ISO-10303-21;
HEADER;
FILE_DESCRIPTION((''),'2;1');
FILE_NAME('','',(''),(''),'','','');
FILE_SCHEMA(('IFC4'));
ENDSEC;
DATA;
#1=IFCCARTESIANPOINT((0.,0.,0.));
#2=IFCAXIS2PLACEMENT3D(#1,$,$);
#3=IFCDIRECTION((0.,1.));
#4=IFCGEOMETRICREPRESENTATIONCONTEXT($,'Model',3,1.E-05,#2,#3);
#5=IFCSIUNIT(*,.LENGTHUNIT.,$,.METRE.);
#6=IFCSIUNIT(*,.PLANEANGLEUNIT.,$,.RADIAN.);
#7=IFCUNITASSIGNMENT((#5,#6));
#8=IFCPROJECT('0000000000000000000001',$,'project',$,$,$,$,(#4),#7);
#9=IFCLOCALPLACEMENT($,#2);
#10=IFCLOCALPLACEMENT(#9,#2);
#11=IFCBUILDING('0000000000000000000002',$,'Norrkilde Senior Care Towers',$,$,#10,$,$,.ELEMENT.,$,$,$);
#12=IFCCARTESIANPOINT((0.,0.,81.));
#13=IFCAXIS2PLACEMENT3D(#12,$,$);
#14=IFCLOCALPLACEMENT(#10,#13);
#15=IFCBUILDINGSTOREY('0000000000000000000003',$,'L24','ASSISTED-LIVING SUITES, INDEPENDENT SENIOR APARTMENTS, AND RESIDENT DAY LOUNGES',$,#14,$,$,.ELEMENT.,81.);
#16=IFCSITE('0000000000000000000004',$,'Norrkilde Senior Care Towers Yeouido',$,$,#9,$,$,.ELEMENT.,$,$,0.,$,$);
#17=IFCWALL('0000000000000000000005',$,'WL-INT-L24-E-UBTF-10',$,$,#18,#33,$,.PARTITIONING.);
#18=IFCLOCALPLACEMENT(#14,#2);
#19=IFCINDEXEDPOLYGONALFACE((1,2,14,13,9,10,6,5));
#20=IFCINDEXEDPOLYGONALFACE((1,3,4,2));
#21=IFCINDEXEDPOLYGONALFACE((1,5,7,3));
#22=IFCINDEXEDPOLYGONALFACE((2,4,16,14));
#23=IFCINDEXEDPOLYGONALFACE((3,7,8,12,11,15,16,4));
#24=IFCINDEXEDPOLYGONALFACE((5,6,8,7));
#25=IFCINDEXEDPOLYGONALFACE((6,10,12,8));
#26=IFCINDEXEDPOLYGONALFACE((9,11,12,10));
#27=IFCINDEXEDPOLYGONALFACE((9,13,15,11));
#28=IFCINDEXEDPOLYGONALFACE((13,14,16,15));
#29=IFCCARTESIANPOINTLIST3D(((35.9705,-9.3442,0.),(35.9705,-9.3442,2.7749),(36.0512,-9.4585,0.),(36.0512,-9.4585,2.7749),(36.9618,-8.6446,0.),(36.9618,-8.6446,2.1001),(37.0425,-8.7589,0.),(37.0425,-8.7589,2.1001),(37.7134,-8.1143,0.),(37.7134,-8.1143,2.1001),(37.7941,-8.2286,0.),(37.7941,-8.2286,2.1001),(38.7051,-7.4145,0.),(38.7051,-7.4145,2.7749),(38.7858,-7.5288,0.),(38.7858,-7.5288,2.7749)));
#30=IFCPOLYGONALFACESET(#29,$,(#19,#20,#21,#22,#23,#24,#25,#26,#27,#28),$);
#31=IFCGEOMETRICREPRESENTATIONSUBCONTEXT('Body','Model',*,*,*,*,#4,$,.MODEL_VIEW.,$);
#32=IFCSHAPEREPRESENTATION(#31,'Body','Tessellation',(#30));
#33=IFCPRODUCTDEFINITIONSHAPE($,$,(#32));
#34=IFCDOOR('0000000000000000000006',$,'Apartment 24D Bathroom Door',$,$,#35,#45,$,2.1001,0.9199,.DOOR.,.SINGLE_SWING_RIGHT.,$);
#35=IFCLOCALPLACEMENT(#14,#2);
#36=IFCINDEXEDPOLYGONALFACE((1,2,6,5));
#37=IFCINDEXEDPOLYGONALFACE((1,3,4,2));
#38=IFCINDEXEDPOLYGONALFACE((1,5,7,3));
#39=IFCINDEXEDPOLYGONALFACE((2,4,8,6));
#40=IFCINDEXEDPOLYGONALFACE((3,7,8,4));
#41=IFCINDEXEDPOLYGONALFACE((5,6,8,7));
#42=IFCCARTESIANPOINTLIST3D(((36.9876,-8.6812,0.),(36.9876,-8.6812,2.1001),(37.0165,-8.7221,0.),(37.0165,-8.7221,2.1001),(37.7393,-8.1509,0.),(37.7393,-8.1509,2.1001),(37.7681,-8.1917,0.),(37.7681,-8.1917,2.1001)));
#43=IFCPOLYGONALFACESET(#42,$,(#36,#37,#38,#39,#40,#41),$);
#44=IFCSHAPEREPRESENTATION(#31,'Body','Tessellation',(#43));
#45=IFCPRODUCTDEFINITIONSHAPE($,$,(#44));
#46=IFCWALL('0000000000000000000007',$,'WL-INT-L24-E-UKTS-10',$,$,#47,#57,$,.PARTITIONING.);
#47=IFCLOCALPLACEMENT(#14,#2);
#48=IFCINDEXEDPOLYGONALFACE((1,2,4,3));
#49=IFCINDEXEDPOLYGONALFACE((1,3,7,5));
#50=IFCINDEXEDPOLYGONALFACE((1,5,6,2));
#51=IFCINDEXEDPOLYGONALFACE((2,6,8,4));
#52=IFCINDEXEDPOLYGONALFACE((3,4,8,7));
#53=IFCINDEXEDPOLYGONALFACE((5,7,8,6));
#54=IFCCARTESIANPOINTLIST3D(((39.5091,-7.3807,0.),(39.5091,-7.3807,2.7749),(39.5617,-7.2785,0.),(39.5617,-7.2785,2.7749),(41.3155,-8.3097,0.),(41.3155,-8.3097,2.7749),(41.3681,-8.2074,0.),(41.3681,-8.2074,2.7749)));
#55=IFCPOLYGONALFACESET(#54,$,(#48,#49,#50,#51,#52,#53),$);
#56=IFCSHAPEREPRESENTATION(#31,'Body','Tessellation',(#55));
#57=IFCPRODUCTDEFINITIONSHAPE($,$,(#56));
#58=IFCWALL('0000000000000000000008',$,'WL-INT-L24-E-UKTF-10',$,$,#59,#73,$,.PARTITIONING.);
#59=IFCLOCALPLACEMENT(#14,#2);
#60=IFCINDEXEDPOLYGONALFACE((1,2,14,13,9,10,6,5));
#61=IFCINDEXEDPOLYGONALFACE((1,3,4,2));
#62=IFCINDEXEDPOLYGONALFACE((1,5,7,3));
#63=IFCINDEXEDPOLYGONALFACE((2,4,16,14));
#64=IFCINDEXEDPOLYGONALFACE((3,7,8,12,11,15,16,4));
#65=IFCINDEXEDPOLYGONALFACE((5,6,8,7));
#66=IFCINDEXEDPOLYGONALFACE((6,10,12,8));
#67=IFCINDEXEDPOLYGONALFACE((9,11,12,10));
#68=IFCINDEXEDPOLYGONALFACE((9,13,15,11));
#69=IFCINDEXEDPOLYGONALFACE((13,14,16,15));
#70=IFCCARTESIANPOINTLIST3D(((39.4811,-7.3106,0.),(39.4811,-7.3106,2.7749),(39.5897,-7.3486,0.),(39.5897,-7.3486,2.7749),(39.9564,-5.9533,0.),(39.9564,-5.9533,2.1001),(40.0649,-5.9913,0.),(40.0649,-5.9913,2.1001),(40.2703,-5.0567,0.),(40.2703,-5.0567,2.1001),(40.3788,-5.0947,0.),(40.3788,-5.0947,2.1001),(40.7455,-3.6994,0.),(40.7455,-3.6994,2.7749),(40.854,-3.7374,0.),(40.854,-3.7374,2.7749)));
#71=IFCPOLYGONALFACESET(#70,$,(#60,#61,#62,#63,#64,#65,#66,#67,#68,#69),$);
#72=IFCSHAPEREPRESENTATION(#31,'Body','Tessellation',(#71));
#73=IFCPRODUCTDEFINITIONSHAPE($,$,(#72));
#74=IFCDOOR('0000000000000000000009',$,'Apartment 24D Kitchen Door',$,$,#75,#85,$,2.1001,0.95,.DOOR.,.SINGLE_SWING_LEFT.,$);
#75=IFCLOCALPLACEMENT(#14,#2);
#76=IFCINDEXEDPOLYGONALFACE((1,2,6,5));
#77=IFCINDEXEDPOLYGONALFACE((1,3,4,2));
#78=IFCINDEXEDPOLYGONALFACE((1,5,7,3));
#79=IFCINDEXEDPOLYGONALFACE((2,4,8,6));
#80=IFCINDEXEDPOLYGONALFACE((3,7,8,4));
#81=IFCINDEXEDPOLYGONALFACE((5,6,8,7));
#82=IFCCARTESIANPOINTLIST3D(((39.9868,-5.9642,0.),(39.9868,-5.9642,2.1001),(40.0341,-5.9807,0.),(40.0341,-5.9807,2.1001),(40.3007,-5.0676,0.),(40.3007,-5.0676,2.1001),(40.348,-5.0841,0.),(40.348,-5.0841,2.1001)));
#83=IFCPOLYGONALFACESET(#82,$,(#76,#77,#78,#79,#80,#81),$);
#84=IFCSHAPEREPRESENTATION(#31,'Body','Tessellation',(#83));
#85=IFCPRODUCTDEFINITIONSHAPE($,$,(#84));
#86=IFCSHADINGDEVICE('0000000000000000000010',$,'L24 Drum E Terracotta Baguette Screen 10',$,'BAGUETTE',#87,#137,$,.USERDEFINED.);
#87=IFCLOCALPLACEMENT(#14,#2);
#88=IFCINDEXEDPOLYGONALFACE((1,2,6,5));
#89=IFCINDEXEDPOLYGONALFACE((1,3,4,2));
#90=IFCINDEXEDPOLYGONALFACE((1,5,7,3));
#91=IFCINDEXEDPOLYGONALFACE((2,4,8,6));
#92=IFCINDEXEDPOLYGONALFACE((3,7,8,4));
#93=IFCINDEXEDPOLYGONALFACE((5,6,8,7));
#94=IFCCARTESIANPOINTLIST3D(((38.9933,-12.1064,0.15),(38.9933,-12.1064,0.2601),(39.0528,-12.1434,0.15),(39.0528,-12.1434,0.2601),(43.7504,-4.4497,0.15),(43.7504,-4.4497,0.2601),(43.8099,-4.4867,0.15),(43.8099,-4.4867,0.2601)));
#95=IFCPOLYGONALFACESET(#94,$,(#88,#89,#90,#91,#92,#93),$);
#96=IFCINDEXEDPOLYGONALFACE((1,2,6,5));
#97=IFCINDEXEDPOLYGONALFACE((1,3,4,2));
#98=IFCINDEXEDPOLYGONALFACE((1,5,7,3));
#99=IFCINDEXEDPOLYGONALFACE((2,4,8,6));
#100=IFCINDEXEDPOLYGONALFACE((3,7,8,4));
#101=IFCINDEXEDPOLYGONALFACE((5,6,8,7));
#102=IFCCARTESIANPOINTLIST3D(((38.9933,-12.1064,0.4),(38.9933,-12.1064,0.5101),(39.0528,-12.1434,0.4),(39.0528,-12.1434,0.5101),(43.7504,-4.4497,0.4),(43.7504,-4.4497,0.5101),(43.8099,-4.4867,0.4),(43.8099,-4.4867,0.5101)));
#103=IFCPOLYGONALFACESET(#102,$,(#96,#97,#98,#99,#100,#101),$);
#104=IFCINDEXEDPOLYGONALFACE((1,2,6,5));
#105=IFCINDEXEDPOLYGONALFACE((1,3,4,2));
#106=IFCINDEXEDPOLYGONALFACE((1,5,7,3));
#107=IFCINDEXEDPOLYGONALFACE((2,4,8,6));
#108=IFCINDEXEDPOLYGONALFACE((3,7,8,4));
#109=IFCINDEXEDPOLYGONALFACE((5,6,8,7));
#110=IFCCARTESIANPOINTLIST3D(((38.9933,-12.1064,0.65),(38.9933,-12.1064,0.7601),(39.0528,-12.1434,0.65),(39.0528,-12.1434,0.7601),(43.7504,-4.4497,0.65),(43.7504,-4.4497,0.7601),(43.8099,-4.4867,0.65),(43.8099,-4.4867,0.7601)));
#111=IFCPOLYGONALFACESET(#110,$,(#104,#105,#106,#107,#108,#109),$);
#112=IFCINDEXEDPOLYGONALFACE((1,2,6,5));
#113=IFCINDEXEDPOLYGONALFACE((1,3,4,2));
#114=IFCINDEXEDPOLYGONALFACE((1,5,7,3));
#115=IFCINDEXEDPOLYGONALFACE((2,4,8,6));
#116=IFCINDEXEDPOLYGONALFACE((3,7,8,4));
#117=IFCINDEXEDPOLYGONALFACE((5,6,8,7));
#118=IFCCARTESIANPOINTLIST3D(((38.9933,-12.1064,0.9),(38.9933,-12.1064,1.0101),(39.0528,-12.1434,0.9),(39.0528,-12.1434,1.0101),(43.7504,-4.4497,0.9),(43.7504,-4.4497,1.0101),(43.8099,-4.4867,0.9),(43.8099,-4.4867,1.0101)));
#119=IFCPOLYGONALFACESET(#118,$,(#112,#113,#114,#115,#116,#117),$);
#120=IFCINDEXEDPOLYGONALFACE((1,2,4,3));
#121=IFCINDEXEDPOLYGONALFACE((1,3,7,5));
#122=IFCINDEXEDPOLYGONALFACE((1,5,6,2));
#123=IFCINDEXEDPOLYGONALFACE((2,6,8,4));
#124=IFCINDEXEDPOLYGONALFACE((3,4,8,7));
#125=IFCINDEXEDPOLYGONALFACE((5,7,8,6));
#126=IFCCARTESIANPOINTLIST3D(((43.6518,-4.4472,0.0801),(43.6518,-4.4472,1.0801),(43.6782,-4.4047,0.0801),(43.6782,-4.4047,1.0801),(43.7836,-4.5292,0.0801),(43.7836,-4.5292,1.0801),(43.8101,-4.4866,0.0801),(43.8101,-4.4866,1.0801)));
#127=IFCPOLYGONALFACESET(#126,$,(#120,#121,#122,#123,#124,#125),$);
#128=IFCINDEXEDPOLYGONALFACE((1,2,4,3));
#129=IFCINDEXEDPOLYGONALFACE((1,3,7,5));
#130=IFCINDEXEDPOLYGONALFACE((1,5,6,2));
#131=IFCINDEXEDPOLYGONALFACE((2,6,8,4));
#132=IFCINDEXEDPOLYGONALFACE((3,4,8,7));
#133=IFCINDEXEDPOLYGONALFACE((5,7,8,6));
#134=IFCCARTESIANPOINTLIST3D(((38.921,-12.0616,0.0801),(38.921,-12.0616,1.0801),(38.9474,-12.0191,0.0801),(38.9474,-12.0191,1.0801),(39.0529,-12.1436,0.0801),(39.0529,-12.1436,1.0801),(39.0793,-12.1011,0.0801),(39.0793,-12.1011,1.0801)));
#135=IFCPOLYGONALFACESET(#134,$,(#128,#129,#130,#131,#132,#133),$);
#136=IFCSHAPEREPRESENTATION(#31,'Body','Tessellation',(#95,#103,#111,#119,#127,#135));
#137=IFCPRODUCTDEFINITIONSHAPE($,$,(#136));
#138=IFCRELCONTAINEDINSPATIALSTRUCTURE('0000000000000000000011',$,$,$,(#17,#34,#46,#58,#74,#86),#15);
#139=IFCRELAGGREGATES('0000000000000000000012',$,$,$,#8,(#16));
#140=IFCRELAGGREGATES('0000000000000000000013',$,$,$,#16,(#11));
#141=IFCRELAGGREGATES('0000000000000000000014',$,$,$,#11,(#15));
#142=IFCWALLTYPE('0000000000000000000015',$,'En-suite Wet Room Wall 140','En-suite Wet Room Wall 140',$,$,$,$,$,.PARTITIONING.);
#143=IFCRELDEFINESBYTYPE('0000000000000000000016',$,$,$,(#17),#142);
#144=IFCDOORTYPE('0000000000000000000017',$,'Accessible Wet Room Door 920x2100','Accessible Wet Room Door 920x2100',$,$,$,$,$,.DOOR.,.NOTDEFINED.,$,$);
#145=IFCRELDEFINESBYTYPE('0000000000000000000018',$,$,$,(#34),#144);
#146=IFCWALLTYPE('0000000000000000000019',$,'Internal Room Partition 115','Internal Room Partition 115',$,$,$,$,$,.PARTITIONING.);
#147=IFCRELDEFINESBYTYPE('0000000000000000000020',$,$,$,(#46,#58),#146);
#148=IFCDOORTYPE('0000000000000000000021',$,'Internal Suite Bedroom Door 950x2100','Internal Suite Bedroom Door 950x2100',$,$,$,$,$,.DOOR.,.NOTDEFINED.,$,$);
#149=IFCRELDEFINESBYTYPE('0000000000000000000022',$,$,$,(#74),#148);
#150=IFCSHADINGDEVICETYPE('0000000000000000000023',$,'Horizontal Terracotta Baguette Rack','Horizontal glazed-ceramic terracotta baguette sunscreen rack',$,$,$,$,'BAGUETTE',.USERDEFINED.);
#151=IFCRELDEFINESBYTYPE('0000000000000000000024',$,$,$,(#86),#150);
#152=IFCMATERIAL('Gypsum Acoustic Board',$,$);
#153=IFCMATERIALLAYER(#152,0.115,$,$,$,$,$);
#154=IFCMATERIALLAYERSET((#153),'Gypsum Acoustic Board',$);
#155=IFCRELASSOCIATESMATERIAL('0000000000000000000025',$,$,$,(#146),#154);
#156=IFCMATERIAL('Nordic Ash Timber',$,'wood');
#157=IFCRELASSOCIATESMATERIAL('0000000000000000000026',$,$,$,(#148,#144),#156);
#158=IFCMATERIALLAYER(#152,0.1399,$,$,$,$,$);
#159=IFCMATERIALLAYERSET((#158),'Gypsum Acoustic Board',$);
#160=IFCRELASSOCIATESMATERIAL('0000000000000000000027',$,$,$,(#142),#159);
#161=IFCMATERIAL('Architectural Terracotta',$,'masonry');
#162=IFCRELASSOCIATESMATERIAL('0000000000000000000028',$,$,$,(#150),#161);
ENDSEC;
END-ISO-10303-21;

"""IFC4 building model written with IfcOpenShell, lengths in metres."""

from ifc_helpers import new_model, si_unit, direction, frame, frame_2d, origin, origin_2d, place, context, subcontext, project, spatial, rectangle, extrude, source, transform, mapped, material, layer, layer_set, type_object, type_shapes, element, fill, save


model = new_model("IFC4")

# Units and contexts
model_context = context("Model", 3, precision=1e-05, world=origin(), true_north=direction((0.0, 1.0)))
body_context = subcontext(model_context, "Body", "Model", "MODEL_VIEW")
ifc_project = project(units=[si_unit("LENGTHUNIT", "METRE"), si_unit("PLANEANGLEUNIT", "RADIAN")], contexts=[model_context])

# Site, building, storey
site_placement = place(None, origin())
site = spatial("IfcSite", under=ifc_project, at=site_placement, Name="Norrkilde Senior Care Towers Yeouido", CompositionType="ELEMENT", RefElevation=0.0)
building_placement = place(site_placement, origin())
building = spatial("IfcBuilding", under=site, at=building_placement, Name="Norrkilde Senior Care Towers", CompositionType="ELEMENT")
storey_placement = place(building_placement, frame((0.0, 0.0, 81.0)))
storey = spatial("IfcBuildingStorey", under=building, at=storey_placement, Name="L24", Description="ASSISTED-LIVING SUITES, INDEPENDENT SENIOR APARTMENTS, AND RESIDENT DAY LOUNGES", CompositionType="ELEMENT", Elevation=81.0)

# Shared definitions
ifc_material_1 = material(Name="Gypsum Acoustic Board")

# Shared definitions
ifc_layer_1 = layer(ifc_material_1, 0.115)
ifc_layer_set_1 = layer_set([ifc_layer_1], Name="Gypsum Acoustic Board")
wall_type_1 = type_object("IfcWallType", Name="Internal Room Partition 115", Description="Internal Room Partition 115", PredefinedType="PARTITIONING", material=ifc_layer_set_1)
ifc_material_2 = material(Name="Nordic Ash Timber", Category="wood")
door_type_1 = type_object("IfcDoorType", Name="Internal Suite Bedroom Door 950x2100", Description="Internal Suite Bedroom Door 950x2100", OperationType="NOTDEFINED", PredefinedType="DOOR", material=ifc_material_2)
shared_shape_1 = source(origin(), body_context, "Body", "SweptSolid", [
    extrude(rectangle(XDim=0.95, YDim=2.1001, at=frame_2d((0.4751, 1.05))), frame((0.0, 0.0249, 0.0), z_axis=(0.0, -1.0, 0.0), x_axis=(1.0, 0.0, 0.0)), (0.0, 0.0, 1.0), 0.05),
])
type_shapes(door_type_1, [shared_shape_1])

# Shared definitions
ifc_layer_2 = layer(ifc_material_1, 0.1399)
ifc_layer_set_2 = layer_set([ifc_layer_2], Name="Gypsum Acoustic Board")
wall_type_2 = type_object("IfcWallType", Name="En-suite Wet Room Wall 140", Description="En-suite Wet Room Wall 140", PredefinedType="PARTITIONING", material=ifc_layer_set_2)

# Wall, opening, door
shared_shape_2 = source(origin(), body_context, "Body", "SweptSolid", [
    extrude(rectangle(XDim=3.3469, YDim=0.1399, at=frame_2d((1.6733, 0.0))), origin(), (0.0, 0.0, 1.0), 2.7749),
])
wall_1_placement = place(storey_placement, frame((38.7454, -7.4717, 0.0), z_axis=(0.0, 0.0, 1.0), x_axis=(-0.817057, -0.576557, 0.0)))
wall_1 = element("IfcWall", 1, at=wall_1_placement, inside=storey, type_object=wall_type_2, Name="WL-INT-L24-E-UBTF-10", PredefinedType="PARTITIONING", context=body_context, shape_type="MappedRepresentation", body=[
    mapped(shared_shape_2, transform((0.0, 0.0, 0.0), x_axis=(1.0, 0.0, 0.0), y_axis=(0.0, 1.0, 0.0), z_axis=(0.0, 0.0, 1.0), scale=1.0)),
])
opening_1_placement = place(wall_1_placement, frame((1.2136, 0.0, 0.0)))
opening_1 = element("IfcOpeningElement", 2, at=opening_1_placement, cuts=wall_1, PredefinedType="OPENING", context=body_context, shape_type="SweptSolid", body=[
    extrude(rectangle(XDim=0.9199, YDim=2.1001, at=frame_2d((0.46, 1.05))), frame((0.0, 0.0798, 0.0), z_axis=(0.0, -1.0, 0.0), x_axis=(1.0, 0.0, 0.0)), (0.0, 0.0, 1.0), 0.1599),
])
door_type_2 = type_object("IfcDoorType", Name="Accessible Wet Room Door 920x2100", Description="Accessible Wet Room Door 920x2100", OperationType="NOTDEFINED", PredefinedType="DOOR", material=ifc_material_2)
shared_shape_3 = source(origin(), body_context, "Body", "SweptSolid", [
    extrude(rectangle(XDim=0.9199, YDim=2.1001, at=frame_2d((0.46, 1.05))), frame((0.0, 0.0249, 0.0), z_axis=(0.0, -1.0, 0.0), x_axis=(1.0, 0.0, 0.0)), (0.0, 0.0, 1.0), 0.05),
])
type_shapes(door_type_2, [shared_shape_3])
door_1_placement = place(opening_1_placement, origin())
door_1 = element("IfcDoor", 3, at=door_1_placement, inside=storey, type_object=door_type_2, Name="Apartment 24D Bathroom Door", OperationType="SINGLE_SWING_RIGHT", OverallHeight=2.1001, OverallWidth=0.9199, PredefinedType="DOOR", context=body_context, shape_type="MappedRepresentation", body=[
    mapped(shared_shape_3, transform((0.0, 0.0, 0.0), x_axis=(1.0, 0.0, 0.0), y_axis=(0.0, 1.0, 0.0), z_axis=(0.0, 0.0, 1.0), scale=1.0)),
])
fill(opening_1, door_1)

# Wall
shared_shape_4 = source(origin(), body_context, "Body", "SweptSolid", [
    extrude(rectangle(XDim=2.0312, YDim=0.115, at=frame_2d((1.0156, 0.0))), origin(), (0.0, 0.0, 1.0), 2.7749),
])
wall_2_placement = place(storey_placement, frame((39.5354, -7.3296, 0.0), z_axis=(0.0, 0.0, 1.0), x_axis=(0.889298, -0.457329, 0.0)))
element("IfcWall", 4, at=wall_2_placement, inside=storey, type_object=wall_type_1, Name="WL-INT-L24-E-UKTS-10", PredefinedType="PARTITIONING", context=body_context, shape_type="MappedRepresentation", body=[
    mapped(shared_shape_4, transform((0.0, 0.0, 0.0), x_axis=(1.0, 0.0, 0.0), y_axis=(0.0, 1.0, 0.0), z_axis=(0.0, 0.0, 1.0), scale=1.0)),
])

# Wall, opening, door
shared_shape_5 = source(origin(), body_context, "Body", "SweptSolid", [
    extrude(rectangle(XDim=3.8262, YDim=0.115, at=frame_2d((1.9131, 0.0))), origin(), (0.0, 0.0, 1.0), 2.7749),
])
wall_3_placement = place(storey_placement, frame((39.5354, -7.3296, 0.0), z_axis=(0.0, 0.0, 1.0), x_axis=(0.330453, 0.943823, 0.0)))
wall_3 = element("IfcWall", 5, at=wall_3_placement, inside=storey, type_object=wall_type_1, Name="WL-INT-L24-E-UKTF-10", PredefinedType="PARTITIONING", context=body_context, shape_type="MappedRepresentation", body=[
    mapped(shared_shape_5, transform((0.0, 0.0, 0.0), x_axis=(1.0, 0.0, 0.0), y_axis=(0.0, 1.0, 0.0), z_axis=(0.0, 0.0, 1.0), scale=1.0)),
])
opening_2_placement = place(wall_3_placement, frame((1.438, 0.0, 0.0)))
opening_2 = element("IfcOpeningElement", 6, at=opening_2_placement, cuts=wall_3, PredefinedType="OPENING", context=body_context, shape_type="SweptSolid", body=[
    extrude(rectangle(XDim=0.95, YDim=2.1001, at=frame_2d((0.4751, 1.05))), frame((0.0, 0.0674, 0.0), z_axis=(0.0, -1.0, 0.0), x_axis=(1.0, 0.0, 0.0)), (0.0, 0.0, 1.0), 0.135),
])
door_2_placement = place(opening_2_placement, frame((0.95, 0.0, 0.0), z_axis=(0.0, 0.0, 1.0), x_axis=(-1.0, 0.0, 0.0)))
door_2 = element("IfcDoor", 7, at=door_2_placement, inside=storey, type_object=door_type_1, Name="Apartment 24D Kitchen Door", OperationType="SINGLE_SWING_LEFT", OverallHeight=2.1001, OverallWidth=0.95, PredefinedType="DOOR", context=body_context, shape_type="MappedRepresentation", body=[
    mapped(shared_shape_1, transform((0.0, 0.0, 0.0), x_axis=(1.0, 0.0, 0.0), y_axis=(0.0, 1.0, 0.0), z_axis=(0.0, 0.0, 1.0), scale=1.0)),
])
fill(opening_2, door_2)

# Shading device
ifc_material_3 = material(Name="Architectural Terracotta", Category="masonry")
shading_device_type = type_object("IfcShadingDeviceType", Name="Horizontal Terracotta Baguette Rack", Description="Horizontal glazed-ceramic terracotta baguette sunscreen rack", ElementType="BAGUETTE", PredefinedType="USERDEFINED", material=ifc_material_3)
shared_shape_6 = source(origin(), body_context, "Body", "SweptSolid", [
    extrude(rectangle(XDim=0.0701, YDim=0.1101, at=origin_2d()), frame((0.0, 0.0901, 0.125), z_axis=(1.0, 0.0, 0.0), x_axis=(0.0, 1.0, 0.0)), (0.0, 0.0, 1.0), 9.0142),
    extrude(rectangle(XDim=0.0701, YDim=0.1101, at=origin_2d()), frame((0.0, 0.0901, 0.375), z_axis=(1.0, 0.0, 0.0), x_axis=(0.0, 1.0, 0.0)), (0.0, 0.0, 1.0), 9.0142),
    extrude(rectangle(XDim=0.0701, YDim=0.1101, at=origin_2d()), frame((0.0, 0.0901, 0.625), z_axis=(1.0, 0.0, 0.0), x_axis=(0.0, 1.0, 0.0)), (0.0, 0.0, 1.0), 9.0142),
    extrude(rectangle(XDim=0.0701, YDim=0.1101, at=origin_2d()), frame((0.0, 0.0901, 0.875), z_axis=(1.0, 0.0, 0.0), x_axis=(0.0, 1.0, 0.0)), (0.0, 0.0, 1.0), 9.0142),
    extrude(rectangle(XDim=0.05, YDim=0.1553, at=origin_2d()), frame((0.0249, 0.0476, 0.0)), (0.0, 0.0, 1.0), 1.0),
    extrude(rectangle(XDim=0.05, YDim=0.1553, at=origin_2d()), frame((8.9893, 0.0476, 0.0)), (0.0, 0.0, 1.0), 1.0),
])
type_shapes(shading_device_type, [shared_shape_6])
shading_device_placement = place(storey_placement, frame((43.7036, -4.4207, 0.0801), z_axis=(0.0, 0.0, 1.0), x_axis=(-0.527734, -0.849412, 0.0)))
element("IfcShadingDevice", 8, at=shading_device_placement, inside=storey, type_object=shading_device_type, Name="L24 Drum E Terracotta Baguette Screen 10", ObjectType="BAGUETTE", PredefinedType="USERDEFINED", context=body_context, shape_type="MappedRepresentation", body=[
    mapped(shared_shape_6, transform((0.0, 0.0, 0.0), x_axis=(1.0, 0.0, 0.0), y_axis=(0.0, 1.0, 0.0), z_axis=(0.0, 0.0, 1.0), scale=1.0)),
])

save(model, "model.ifc")
